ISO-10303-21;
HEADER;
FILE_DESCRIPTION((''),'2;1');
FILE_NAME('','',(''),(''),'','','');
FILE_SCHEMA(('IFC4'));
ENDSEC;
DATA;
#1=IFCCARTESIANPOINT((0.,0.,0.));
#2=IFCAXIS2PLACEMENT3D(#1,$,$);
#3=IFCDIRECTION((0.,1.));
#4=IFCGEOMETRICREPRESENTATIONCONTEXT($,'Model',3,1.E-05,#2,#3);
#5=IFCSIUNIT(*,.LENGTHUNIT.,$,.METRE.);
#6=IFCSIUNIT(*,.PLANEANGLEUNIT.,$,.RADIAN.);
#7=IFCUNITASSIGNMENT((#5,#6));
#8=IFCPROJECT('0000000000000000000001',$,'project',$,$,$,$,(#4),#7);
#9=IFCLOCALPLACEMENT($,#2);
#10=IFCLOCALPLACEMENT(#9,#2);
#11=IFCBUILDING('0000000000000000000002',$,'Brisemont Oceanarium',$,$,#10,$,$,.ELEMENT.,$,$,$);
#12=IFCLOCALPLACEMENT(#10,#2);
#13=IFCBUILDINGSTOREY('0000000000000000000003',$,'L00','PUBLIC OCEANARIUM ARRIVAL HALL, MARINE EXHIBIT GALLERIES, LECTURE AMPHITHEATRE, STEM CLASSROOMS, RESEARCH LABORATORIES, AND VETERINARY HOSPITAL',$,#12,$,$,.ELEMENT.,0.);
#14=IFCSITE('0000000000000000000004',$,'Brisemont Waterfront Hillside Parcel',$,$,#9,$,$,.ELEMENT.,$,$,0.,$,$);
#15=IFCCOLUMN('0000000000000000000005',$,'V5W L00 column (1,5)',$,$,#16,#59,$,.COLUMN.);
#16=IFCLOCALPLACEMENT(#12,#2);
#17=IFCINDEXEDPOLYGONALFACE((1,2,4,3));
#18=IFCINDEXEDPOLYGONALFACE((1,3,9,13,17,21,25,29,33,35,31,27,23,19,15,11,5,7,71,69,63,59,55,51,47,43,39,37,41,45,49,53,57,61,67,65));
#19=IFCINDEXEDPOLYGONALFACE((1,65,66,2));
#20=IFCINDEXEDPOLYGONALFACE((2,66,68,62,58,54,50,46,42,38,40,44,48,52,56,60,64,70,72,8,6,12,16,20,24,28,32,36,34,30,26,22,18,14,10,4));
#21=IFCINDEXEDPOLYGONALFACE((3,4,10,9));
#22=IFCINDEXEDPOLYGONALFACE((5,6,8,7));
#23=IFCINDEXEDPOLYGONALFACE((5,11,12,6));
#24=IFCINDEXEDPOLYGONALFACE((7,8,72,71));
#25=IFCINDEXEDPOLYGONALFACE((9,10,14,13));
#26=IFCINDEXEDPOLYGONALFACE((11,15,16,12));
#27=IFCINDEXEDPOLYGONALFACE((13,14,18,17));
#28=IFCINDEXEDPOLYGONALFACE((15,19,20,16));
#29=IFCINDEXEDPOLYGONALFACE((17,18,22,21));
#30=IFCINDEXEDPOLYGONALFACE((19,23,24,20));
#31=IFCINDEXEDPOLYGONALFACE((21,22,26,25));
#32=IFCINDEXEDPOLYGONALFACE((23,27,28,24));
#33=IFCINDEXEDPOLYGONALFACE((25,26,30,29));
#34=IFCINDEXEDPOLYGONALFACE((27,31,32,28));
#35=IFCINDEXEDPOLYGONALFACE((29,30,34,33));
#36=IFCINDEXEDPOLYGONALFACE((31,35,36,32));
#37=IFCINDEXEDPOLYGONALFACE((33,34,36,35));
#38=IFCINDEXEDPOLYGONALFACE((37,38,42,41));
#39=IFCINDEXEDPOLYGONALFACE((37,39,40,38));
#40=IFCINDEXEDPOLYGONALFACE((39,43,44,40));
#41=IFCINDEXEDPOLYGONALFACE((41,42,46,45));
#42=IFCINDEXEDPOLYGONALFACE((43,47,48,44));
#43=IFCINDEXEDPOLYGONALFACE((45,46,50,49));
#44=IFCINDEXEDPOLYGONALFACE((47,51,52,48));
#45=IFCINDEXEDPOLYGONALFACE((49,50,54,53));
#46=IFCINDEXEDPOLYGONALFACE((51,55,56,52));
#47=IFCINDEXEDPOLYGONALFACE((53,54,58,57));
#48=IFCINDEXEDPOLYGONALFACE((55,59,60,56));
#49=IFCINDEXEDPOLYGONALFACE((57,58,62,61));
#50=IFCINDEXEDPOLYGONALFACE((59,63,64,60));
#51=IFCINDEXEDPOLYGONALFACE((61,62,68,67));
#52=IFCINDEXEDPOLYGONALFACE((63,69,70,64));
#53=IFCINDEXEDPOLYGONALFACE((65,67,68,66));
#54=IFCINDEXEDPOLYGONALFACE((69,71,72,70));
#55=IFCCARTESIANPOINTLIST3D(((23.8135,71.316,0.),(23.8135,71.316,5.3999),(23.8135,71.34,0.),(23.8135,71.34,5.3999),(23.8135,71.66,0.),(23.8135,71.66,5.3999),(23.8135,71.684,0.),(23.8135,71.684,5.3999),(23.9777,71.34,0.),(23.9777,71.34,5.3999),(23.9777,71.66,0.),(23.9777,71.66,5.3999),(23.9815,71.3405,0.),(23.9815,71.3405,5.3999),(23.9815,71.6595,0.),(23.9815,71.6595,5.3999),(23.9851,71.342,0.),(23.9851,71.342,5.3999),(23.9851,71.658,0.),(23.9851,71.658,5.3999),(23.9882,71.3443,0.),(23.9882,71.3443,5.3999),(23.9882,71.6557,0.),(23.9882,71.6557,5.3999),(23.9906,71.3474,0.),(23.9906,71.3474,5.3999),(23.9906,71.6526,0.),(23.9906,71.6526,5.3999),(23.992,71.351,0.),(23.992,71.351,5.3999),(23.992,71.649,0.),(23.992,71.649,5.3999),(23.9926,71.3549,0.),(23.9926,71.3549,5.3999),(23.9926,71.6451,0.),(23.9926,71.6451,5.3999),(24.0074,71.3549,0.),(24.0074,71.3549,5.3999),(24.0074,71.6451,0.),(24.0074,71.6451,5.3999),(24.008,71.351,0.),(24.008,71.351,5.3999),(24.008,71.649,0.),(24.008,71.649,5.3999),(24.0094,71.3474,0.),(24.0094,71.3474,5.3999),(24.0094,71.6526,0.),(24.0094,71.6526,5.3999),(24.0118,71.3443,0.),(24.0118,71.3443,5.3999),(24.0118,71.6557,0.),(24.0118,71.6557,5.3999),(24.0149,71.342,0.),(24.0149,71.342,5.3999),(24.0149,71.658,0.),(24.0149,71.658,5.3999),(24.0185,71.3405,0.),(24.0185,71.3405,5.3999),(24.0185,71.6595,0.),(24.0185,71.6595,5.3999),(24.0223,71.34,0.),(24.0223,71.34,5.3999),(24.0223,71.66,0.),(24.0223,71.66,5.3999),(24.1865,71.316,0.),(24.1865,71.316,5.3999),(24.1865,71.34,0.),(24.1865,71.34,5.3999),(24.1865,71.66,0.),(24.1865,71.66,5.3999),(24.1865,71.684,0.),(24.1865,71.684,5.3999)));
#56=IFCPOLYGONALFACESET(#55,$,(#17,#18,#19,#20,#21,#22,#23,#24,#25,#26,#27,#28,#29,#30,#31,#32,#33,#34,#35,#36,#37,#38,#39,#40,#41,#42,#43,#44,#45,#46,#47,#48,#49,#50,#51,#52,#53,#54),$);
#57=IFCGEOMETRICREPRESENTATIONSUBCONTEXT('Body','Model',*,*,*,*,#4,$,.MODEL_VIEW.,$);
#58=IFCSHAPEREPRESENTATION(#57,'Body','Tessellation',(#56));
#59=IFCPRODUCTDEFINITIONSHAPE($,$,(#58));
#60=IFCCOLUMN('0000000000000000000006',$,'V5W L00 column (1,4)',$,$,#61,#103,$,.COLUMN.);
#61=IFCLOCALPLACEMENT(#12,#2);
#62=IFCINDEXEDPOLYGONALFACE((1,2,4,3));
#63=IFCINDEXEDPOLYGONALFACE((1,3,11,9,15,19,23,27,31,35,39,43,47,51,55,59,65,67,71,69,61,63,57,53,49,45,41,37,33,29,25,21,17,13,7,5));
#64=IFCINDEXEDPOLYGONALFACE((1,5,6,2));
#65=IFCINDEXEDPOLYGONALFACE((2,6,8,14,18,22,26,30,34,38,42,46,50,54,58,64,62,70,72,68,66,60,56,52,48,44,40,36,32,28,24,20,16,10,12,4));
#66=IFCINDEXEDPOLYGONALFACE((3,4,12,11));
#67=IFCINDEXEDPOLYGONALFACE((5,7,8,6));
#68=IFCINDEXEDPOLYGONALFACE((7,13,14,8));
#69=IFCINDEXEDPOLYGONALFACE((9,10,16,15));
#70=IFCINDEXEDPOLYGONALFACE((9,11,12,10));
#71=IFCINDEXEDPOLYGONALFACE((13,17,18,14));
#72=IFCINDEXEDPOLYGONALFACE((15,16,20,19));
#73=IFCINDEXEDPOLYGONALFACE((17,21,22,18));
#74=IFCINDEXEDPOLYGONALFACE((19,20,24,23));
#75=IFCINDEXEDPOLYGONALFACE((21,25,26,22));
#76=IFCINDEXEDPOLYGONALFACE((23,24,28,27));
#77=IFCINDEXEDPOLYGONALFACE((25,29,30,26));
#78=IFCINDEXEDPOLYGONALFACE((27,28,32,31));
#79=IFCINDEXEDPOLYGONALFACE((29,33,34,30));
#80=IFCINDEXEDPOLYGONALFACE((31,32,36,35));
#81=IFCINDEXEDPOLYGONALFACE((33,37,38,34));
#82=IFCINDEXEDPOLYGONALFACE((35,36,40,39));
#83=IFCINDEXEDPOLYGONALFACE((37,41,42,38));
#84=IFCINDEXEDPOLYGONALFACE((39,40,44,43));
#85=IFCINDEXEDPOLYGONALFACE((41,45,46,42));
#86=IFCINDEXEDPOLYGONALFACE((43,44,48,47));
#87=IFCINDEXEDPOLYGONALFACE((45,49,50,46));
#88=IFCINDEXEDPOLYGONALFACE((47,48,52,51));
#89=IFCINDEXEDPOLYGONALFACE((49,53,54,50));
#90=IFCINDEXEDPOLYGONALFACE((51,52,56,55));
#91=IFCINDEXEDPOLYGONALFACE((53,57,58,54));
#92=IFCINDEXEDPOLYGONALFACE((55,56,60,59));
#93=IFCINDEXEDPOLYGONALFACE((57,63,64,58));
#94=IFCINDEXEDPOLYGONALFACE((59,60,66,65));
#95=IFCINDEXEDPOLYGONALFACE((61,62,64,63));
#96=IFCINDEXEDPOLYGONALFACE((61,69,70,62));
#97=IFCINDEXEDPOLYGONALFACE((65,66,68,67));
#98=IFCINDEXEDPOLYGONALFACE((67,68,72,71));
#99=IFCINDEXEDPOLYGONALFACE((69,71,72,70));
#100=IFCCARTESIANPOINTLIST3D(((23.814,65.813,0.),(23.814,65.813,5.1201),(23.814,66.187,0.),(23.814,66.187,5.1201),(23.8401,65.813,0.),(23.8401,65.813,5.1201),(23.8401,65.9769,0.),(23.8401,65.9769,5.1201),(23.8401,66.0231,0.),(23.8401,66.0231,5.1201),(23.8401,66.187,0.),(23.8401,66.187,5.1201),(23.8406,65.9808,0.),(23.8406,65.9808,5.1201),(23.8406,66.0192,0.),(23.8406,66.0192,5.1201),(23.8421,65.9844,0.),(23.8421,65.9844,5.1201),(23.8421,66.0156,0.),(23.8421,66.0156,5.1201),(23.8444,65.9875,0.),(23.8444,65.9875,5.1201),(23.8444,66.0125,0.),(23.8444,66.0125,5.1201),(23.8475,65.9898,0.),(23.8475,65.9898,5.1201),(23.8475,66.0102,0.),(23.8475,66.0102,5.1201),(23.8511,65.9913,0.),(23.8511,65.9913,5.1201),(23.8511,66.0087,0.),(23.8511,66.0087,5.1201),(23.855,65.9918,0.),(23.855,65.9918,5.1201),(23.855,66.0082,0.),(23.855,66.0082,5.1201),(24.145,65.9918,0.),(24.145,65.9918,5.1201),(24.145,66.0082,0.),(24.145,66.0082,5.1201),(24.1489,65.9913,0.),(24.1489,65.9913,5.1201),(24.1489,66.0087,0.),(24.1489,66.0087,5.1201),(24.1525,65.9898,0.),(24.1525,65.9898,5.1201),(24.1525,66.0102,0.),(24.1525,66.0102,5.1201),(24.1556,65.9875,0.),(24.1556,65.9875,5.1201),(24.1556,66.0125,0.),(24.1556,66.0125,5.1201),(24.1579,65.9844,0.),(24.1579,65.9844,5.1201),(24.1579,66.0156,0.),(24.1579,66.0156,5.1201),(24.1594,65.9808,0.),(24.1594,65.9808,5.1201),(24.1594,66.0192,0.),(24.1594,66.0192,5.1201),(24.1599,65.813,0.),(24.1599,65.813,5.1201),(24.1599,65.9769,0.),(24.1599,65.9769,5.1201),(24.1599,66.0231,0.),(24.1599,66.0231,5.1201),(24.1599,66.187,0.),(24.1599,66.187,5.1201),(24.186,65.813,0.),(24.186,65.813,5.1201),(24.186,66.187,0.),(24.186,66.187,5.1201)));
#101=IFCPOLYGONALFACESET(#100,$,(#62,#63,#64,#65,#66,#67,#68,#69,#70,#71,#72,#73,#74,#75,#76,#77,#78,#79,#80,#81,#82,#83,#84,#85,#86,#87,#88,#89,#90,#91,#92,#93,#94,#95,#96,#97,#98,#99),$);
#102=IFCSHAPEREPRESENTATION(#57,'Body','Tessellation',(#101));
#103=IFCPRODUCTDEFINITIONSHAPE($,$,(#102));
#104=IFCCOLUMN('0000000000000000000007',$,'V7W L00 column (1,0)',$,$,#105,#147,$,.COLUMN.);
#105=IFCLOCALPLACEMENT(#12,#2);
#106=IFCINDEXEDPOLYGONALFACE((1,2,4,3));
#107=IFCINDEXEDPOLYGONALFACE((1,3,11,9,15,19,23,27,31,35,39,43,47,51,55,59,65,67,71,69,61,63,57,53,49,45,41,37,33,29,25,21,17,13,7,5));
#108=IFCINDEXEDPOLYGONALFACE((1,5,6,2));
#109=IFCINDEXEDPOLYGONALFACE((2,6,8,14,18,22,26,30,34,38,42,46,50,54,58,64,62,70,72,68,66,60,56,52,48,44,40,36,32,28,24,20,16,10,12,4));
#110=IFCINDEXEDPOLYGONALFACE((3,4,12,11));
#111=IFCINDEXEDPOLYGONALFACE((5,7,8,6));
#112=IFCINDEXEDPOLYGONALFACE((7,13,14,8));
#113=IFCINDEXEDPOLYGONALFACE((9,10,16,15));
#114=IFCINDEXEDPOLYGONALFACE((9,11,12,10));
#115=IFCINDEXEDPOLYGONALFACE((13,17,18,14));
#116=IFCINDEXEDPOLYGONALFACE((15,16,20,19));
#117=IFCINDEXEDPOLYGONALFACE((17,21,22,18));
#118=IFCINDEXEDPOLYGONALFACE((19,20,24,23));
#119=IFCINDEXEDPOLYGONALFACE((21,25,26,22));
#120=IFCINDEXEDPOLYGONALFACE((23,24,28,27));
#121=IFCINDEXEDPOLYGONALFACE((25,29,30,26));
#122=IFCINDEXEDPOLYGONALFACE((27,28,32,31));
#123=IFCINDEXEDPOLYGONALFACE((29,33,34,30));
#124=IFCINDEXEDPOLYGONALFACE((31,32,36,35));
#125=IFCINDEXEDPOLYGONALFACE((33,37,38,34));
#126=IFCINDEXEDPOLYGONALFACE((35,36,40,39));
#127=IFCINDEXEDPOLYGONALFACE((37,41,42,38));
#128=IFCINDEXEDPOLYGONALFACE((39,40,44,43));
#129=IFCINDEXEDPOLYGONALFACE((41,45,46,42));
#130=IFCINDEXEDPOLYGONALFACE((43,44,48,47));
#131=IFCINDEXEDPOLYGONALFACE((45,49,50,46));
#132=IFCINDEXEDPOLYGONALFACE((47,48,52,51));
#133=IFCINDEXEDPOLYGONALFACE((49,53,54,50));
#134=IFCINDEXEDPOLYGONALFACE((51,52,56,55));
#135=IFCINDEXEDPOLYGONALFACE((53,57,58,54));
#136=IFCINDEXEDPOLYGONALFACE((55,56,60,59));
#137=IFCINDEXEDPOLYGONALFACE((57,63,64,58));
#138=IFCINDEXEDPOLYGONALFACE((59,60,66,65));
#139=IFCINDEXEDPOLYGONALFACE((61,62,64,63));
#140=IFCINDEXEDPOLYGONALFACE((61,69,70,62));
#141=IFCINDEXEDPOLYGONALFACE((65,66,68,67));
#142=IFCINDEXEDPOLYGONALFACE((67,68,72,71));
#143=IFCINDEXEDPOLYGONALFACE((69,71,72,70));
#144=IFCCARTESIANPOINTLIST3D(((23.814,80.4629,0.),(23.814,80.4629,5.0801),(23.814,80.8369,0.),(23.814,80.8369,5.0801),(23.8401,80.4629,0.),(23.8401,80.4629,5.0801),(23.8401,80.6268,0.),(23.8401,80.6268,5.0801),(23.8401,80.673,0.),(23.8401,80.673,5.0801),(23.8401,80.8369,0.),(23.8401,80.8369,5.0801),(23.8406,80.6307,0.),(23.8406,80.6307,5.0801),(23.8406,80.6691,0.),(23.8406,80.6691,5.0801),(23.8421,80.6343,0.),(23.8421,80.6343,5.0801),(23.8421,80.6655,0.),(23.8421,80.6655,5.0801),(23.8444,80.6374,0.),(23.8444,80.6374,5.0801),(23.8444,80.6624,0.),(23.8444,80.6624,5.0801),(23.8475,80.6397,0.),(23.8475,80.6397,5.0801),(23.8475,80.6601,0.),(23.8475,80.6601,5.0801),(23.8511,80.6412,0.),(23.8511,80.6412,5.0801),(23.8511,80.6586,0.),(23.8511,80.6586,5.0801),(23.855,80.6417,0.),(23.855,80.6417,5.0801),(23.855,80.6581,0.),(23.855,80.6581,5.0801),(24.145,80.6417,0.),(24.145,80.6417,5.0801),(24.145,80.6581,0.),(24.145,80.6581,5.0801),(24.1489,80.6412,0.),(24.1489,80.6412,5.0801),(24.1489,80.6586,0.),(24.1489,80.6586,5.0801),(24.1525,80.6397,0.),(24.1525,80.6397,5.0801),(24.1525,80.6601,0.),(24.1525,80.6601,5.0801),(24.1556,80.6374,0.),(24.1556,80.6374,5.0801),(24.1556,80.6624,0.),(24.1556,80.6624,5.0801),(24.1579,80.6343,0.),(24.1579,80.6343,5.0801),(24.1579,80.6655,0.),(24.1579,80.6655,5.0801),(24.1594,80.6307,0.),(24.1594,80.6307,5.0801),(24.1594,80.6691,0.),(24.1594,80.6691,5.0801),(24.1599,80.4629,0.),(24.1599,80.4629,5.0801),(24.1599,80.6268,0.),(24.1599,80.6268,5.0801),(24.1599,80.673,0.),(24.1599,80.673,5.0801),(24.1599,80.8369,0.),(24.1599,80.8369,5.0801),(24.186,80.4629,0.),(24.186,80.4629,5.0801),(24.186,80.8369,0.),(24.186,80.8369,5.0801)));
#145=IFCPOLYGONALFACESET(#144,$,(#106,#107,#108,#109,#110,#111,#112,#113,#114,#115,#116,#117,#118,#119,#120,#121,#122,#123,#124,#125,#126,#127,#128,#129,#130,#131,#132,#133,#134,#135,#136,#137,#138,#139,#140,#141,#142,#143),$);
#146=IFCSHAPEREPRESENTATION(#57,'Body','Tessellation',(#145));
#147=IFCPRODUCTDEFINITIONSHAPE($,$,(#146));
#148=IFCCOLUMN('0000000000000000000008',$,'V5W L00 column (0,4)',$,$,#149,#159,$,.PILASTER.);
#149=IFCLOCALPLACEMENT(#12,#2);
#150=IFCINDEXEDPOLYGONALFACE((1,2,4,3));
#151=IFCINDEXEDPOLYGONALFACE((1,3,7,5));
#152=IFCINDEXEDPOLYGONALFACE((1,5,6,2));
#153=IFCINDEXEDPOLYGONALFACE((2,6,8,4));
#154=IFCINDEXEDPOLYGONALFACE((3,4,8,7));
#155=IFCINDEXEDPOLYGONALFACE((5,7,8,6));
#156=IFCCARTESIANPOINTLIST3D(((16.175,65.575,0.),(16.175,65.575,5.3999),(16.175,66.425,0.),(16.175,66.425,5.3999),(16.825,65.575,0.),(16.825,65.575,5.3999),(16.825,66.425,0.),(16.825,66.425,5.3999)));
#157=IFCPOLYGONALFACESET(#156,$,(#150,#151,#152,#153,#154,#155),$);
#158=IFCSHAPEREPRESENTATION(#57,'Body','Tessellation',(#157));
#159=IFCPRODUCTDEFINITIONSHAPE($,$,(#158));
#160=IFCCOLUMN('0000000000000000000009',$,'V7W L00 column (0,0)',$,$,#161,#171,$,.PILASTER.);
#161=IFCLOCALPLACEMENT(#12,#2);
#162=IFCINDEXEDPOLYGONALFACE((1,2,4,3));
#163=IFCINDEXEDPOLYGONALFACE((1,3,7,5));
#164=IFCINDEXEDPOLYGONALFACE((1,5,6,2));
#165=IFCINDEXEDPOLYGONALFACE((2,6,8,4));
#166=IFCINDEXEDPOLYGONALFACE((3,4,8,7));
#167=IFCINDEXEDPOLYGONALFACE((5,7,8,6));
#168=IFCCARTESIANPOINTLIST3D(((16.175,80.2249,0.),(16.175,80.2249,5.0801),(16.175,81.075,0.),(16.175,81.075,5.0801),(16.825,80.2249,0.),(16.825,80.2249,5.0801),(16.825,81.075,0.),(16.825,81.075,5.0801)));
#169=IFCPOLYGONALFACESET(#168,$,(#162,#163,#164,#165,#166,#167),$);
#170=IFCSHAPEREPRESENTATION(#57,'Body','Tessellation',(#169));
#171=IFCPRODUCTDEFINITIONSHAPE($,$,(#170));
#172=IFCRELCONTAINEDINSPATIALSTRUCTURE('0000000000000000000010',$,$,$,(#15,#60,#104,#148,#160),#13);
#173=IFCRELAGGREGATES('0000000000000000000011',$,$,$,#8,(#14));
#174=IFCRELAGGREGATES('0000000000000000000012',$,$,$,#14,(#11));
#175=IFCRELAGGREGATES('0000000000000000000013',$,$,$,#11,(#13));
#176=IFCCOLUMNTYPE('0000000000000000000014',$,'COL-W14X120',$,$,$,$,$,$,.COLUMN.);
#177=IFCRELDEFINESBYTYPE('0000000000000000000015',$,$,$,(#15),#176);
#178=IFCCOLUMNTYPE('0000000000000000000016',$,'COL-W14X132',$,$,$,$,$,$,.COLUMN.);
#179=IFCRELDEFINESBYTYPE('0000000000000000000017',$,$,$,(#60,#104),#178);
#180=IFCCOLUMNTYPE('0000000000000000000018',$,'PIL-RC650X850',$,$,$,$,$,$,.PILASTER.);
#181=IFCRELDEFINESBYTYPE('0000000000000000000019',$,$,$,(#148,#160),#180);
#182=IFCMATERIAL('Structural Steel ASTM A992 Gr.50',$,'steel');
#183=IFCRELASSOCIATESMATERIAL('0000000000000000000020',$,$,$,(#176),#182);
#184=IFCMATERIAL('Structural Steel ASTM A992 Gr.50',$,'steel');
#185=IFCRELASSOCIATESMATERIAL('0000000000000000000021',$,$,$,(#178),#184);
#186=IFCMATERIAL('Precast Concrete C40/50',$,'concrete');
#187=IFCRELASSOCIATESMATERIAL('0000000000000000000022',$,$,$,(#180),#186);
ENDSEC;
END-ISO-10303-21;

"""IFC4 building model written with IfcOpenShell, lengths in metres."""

from ifc_helpers import new_model, si_unit, direction, frame, origin, origin_2d, place, context, subcontext, project, spatial, rectangle, i_section, extrude, material, material_profile, profile_set, type_object, element, save


model = new_model("IFC4")

# Units and contexts
model_context = context("Model", 3, precision=1e-05, world=origin(), true_north=direction((0.0, 1.0)))
body_context = subcontext(model_context, "Body", "Model", "MODEL_VIEW")
ifc_project = project(units=[si_unit("LENGTHUNIT", "METRE"), si_unit("PLANEANGLEUNIT", "RADIAN")], contexts=[model_context])

# Site, building, storey
site_placement = place(None, origin())
site = spatial("IfcSite", under=ifc_project, at=site_placement, Name="Brisemont Waterfront Hillside Parcel", CompositionType="ELEMENT", RefElevation=0.0)
building_placement = place(site_placement, origin())
building = spatial("IfcBuilding", under=site, at=building_placement, Name="Brisemont Oceanarium", CompositionType="ELEMENT")
storey_placement = place(building_placement, origin())
storey = spatial("IfcBuildingStorey", under=building, at=storey_placement, Name="L00", Description="PUBLIC OCEANARIUM ARRIVAL HALL, MARINE EXHIBIT GALLERIES, LECTURE AMPHITHEATRE, STEM CLASSROOMS, RESEARCH LABORATORIES, AND VETERINARY HOSPITAL", CompositionType="ELEMENT", Elevation=0.0)

# Columns
ifc_material_1 = material(Name="Structural Steel ASTM A992 Gr.50", Category="steel")
ifc_material_profile_1 = material_profile(ifc_material_1, i_section(OverallWidth=0.373, OverallDepth=0.3679, WebThickness=0.0149, FlangeThickness=0.0239, FilletRadius=0.0149, at=origin_2d()), Name="W14X120")
ifc_profile_set_1 = profile_set([ifc_material_profile_1], Name="Structural Steel ASTM A992 Gr.50")
column_type_1 = type_object("IfcColumnType", Name="COL-W14X120", PredefinedType="COLUMN", material=ifc_profile_set_1)
column_1_placement = place(storey_placement, frame((24.0, 71.5, 0.0), z_axis=(0.0, 0.0, 1.0), x_axis=(1.0, 0.0, 0.0)))
element("IfcColumn", 1, at=column_1_placement, inside=storey, type_object=column_type_1, Name="V5W L00 column (1,5)", PredefinedType="COLUMN", context=body_context, shape_type="SweptSolid", body=[
    extrude(i_section(OverallWidth=0.373, OverallDepth=0.3679, WebThickness=0.0149, FlangeThickness=0.0239, FilletRadius=0.0149, at=origin_2d()), origin(), (0.0, 0.0, 1.0), 5.3999),
])
ifc_material_2 = material(Name="Structural Steel ASTM A992 Gr.50", Category="steel")
ifc_material_profile_2 = material_profile(ifc_material_2, i_section(OverallWidth=0.374, OverallDepth=0.3721, WebThickness=0.0164, FlangeThickness=0.0261, FilletRadius=0.0149, at=origin_2d()), Name="W14X132")
ifc_profile_set_2 = profile_set([ifc_material_profile_2], Name="Structural Steel ASTM A992 Gr.50")
column_type_2 = type_object("IfcColumnType", Name="COL-W14X132", PredefinedType="COLUMN", material=ifc_profile_set_2)
column_2_placement = place(storey_placement, frame((24.0, 66.0, 0.0), z_axis=(0.0, 0.0, 1.0), x_axis=(0.0, 1.0, 0.0)))
element("IfcColumn", 2, at=column_2_placement, inside=storey, type_object=column_type_2, Name="V5W L00 column (1,4)", PredefinedType="COLUMN", context=body_context, shape_type="SweptSolid", body=[
    extrude(i_section(OverallWidth=0.374, OverallDepth=0.3721, WebThickness=0.0164, FlangeThickness=0.0261, FilletRadius=0.0149, at=origin_2d()), origin(), (0.0, 0.0, 1.0), 5.1201),
])
column_3_placement = place(storey_placement, frame((24.0, 80.6499, 0.0), z_axis=(0.0, 0.0, 1.0), x_axis=(0.0, 1.0, 0.0)))
element("IfcColumn", 3, at=column_3_placement, inside=storey, type_object=column_type_2, Name="V7W L00 column (1,0)", PredefinedType="COLUMN", context=body_context, shape_type="SweptSolid", body=[
    extrude(i_section(OverallWidth=0.374, OverallDepth=0.3721, WebThickness=0.0164, FlangeThickness=0.0261, FilletRadius=0.0149, at=origin_2d()), origin(), (0.0, 0.0, 1.0), 5.0801),
])
ifc_material_3 = material(Name="Precast Concrete C40/50", Category="concrete")
ifc_material_profile_3 = material_profile(ifc_material_3, rectangle(XDim=0.6499, YDim=0.8501, at=origin_2d()), Name="RC-PIL-650X850")
ifc_profile_set_3 = profile_set([ifc_material_profile_3], Name="Precast Concrete C40/50")
column_type_3 = type_object("IfcColumnType", Name="PIL-RC650X850", PredefinedType="PILASTER", material=ifc_profile_set_3)
column_4_placement = place(storey_placement, frame((16.5, 66.0, 0.0), z_axis=(0.0, 0.0, 1.0), x_axis=(1.0, 0.0, 0.0)))
element("IfcColumn", 4, at=column_4_placement, inside=storey, type_object=column_type_3, Name="V5W L00 column (0,4)", PredefinedType="PILASTER", context=body_context, shape_type="SweptSolid", body=[
    extrude(rectangle(XDim=0.6499, YDim=0.8501, at=origin_2d()), origin(), (0.0, 0.0, 1.0), 5.3999),
])
column_5_placement = place(storey_placement, frame((16.5, 80.6499, 0.0), z_axis=(0.0, 0.0, 1.0), x_axis=(1.0, 0.0, 0.0)))
element("IfcColumn", 5, at=column_5_placement, inside=storey, type_object=column_type_3, Name="V7W L00 column (0,0)", PredefinedType="PILASTER", context=body_context, shape_type="SweptSolid", body=[
    extrude(rectangle(XDim=0.6499, YDim=0.8501, at=origin_2d()), origin(), (0.0, 0.0, 1.0), 5.0801),
])

save(model, "model.ifc")
